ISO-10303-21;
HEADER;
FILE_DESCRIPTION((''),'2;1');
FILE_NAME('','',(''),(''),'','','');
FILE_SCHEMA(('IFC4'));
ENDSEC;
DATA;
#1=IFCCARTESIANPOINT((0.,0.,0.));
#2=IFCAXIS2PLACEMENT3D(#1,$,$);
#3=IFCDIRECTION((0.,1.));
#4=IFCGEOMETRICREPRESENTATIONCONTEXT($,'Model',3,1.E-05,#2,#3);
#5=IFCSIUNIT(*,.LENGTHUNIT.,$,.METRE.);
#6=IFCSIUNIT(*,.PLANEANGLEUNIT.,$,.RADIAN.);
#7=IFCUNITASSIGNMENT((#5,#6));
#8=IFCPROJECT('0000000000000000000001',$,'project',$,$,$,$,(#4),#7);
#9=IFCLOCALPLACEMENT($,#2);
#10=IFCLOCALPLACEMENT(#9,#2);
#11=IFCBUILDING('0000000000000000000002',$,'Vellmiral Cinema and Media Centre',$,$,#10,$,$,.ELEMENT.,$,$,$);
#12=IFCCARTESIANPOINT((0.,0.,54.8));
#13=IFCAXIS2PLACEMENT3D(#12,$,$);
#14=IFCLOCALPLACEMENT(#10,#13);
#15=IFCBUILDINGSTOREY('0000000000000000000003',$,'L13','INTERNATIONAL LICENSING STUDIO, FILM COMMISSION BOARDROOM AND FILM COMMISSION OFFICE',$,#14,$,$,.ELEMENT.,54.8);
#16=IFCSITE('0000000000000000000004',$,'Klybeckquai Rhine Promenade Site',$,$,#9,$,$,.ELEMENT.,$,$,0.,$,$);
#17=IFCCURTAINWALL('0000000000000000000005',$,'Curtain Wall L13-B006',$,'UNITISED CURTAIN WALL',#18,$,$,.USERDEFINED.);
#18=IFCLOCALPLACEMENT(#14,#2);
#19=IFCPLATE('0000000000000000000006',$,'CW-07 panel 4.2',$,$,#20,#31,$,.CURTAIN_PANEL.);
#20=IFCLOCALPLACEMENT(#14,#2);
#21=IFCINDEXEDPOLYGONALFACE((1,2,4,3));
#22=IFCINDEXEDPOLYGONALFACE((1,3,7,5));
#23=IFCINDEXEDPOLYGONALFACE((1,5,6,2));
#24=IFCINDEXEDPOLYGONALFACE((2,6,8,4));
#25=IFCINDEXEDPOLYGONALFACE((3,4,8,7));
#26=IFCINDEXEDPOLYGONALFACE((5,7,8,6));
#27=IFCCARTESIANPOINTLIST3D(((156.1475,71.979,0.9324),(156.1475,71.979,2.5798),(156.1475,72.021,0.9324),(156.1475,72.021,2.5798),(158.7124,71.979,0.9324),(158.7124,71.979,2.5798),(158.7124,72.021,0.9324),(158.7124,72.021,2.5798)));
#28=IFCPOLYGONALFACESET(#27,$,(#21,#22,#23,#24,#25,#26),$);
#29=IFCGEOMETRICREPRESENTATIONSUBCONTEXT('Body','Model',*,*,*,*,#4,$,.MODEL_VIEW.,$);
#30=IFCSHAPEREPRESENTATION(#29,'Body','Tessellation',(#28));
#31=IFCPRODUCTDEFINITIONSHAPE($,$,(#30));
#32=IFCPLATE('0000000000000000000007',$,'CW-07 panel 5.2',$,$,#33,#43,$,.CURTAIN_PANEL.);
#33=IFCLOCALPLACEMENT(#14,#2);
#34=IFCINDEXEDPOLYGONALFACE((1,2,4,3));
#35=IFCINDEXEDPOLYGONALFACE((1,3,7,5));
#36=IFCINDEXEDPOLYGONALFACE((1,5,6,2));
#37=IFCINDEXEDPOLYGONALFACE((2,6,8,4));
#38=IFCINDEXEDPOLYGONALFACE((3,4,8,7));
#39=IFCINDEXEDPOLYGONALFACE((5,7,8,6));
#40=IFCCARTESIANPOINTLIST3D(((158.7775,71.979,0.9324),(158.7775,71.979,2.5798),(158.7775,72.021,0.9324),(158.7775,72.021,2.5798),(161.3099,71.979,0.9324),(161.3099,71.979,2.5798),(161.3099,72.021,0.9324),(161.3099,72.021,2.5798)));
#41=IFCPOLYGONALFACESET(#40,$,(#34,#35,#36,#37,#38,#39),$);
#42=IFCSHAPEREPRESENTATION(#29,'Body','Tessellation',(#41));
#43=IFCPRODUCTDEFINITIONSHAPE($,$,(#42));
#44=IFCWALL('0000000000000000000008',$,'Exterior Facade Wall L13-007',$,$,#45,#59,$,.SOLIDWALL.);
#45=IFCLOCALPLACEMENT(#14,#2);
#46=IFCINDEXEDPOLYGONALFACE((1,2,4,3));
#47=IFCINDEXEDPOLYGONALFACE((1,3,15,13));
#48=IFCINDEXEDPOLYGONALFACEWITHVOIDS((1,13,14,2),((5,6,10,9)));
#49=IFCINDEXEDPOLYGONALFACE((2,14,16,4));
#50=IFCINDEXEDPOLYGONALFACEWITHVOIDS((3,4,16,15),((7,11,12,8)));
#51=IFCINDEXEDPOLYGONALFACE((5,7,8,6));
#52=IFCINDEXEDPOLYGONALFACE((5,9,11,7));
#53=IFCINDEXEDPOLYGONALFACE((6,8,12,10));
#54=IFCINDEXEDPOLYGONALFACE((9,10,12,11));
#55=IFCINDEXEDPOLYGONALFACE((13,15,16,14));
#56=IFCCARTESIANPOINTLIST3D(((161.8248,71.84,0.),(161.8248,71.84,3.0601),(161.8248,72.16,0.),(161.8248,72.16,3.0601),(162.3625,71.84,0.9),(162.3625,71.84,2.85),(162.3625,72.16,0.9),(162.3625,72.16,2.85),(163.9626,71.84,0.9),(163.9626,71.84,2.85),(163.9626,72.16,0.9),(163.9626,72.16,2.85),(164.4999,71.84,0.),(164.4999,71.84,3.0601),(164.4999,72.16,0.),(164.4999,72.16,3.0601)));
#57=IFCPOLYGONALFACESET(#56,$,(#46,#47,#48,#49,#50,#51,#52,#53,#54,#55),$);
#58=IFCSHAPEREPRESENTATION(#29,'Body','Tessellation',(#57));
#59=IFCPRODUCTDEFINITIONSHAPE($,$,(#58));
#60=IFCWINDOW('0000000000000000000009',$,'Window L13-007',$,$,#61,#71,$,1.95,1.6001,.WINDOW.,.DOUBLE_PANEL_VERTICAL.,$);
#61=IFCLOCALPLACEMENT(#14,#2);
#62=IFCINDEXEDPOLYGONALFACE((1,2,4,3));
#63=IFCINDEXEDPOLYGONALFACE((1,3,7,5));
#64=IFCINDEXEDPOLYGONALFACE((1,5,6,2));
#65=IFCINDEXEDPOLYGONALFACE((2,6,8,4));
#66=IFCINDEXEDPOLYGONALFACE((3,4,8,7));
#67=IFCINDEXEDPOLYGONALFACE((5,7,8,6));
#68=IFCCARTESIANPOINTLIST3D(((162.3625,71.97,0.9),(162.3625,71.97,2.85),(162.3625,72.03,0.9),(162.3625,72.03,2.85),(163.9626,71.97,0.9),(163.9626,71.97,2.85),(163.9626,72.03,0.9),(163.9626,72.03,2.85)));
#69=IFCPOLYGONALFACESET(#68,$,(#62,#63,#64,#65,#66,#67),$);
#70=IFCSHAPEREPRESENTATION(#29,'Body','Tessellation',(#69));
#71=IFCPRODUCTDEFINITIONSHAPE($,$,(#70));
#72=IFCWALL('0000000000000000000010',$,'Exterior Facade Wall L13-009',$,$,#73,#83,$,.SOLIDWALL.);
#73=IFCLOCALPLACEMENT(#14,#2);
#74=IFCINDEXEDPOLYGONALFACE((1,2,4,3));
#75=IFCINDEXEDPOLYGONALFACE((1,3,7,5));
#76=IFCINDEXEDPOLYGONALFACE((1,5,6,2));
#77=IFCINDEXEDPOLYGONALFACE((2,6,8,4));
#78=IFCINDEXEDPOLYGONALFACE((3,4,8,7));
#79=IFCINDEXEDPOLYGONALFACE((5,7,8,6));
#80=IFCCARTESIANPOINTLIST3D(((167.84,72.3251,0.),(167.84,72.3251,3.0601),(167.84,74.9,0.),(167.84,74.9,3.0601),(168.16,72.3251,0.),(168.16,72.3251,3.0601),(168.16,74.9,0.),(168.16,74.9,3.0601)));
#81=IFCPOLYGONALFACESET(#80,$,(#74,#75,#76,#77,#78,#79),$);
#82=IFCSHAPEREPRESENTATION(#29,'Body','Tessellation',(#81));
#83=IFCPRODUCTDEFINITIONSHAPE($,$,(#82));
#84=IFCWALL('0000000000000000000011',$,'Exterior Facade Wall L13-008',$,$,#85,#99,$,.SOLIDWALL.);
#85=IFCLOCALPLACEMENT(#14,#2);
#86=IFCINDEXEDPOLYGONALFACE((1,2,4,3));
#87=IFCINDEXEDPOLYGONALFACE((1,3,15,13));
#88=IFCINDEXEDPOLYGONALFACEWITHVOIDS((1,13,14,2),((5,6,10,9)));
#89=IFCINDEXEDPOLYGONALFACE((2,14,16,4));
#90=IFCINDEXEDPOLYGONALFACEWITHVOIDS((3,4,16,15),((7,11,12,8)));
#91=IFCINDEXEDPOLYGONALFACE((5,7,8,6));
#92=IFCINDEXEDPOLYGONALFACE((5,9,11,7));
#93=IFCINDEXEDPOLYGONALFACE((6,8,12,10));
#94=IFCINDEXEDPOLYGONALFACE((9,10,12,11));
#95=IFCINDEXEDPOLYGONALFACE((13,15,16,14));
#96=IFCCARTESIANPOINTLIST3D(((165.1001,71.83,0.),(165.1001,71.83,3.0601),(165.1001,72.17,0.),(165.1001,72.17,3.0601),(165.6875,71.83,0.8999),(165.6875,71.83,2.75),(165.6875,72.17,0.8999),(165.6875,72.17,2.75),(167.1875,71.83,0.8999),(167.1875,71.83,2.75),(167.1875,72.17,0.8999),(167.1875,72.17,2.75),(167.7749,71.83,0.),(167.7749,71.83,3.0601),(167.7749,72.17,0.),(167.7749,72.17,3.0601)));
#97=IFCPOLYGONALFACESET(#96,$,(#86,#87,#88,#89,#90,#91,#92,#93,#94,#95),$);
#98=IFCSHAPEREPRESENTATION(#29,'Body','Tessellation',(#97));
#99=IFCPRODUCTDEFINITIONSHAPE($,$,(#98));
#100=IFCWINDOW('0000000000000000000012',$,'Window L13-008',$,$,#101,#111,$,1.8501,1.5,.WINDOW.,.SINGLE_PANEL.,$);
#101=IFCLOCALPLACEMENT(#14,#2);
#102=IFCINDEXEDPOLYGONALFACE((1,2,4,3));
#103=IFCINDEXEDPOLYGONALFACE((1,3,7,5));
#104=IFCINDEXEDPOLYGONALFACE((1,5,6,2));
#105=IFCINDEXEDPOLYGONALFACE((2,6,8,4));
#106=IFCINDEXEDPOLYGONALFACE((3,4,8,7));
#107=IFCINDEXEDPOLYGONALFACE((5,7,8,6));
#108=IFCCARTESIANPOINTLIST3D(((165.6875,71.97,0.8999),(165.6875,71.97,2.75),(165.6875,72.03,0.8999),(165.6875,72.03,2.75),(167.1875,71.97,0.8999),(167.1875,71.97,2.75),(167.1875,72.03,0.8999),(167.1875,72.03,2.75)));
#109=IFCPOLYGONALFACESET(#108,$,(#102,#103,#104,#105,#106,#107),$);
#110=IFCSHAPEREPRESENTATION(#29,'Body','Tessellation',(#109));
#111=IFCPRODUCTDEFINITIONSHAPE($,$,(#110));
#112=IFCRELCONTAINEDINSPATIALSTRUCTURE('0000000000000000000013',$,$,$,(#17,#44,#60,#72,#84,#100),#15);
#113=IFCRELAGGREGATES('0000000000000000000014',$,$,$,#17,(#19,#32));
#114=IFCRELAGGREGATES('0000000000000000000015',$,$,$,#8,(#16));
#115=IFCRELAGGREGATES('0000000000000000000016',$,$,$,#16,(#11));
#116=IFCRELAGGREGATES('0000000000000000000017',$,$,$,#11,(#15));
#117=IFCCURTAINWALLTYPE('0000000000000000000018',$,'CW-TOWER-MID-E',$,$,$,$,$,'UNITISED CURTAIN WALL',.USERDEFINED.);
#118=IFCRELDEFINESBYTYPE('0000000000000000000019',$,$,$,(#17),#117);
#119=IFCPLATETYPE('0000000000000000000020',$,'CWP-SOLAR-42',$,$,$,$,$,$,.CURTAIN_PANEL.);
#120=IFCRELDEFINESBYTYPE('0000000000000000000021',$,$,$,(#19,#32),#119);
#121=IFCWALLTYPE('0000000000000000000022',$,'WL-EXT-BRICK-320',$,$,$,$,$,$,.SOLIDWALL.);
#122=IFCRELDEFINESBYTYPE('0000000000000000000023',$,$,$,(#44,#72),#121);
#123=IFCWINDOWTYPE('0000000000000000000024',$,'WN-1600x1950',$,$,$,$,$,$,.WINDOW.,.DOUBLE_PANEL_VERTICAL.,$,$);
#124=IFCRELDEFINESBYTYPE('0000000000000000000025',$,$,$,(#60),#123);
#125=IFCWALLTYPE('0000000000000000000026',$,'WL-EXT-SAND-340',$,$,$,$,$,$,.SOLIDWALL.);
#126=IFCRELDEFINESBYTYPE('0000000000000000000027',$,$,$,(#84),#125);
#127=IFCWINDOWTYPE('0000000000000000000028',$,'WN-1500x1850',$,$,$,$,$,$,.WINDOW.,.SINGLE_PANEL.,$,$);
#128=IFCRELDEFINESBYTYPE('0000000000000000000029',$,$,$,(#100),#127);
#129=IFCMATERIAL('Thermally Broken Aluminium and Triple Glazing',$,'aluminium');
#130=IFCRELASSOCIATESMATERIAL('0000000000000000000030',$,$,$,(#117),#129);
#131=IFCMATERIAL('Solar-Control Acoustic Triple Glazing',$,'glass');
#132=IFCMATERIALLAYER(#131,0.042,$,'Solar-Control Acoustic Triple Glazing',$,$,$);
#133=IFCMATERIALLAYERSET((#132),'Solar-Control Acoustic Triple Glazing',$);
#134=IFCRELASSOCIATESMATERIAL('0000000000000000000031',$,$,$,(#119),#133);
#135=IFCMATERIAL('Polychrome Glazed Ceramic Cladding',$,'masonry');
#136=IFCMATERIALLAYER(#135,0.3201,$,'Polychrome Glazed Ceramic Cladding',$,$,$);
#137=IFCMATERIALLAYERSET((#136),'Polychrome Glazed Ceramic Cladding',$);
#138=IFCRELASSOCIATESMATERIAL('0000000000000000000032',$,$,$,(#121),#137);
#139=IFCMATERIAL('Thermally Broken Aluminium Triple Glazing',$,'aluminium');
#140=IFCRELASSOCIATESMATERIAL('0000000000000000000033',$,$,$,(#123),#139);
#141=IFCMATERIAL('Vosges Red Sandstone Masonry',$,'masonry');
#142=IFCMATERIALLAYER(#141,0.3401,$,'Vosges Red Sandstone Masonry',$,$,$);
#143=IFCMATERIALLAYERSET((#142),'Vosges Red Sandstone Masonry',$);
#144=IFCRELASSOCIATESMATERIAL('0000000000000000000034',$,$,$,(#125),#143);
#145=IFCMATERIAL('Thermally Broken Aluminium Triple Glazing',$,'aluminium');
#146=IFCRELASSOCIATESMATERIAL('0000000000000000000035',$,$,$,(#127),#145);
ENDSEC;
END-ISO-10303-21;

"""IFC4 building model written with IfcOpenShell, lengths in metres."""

from ifc_helpers import new_model, si_unit, direction, frame, frame_2d, origin, origin_2d, place, context, subcontext, project, spatial, rectangle, extrude, material, layer, layer_set, type_object, element, fill, aggregate, save


model = new_model("IFC4")

# Units and contexts
model_context = context("Model", 3, precision=1e-05, world=origin(), true_north=direction((0.0, 1.0)))
body_context = subcontext(model_context, "Body", "Model", "MODEL_VIEW")
ifc_project = project(units=[si_unit("LENGTHUNIT", "METRE"), si_unit("PLANEANGLEUNIT", "RADIAN")], contexts=[model_context])

# Site, building, storey
site_placement = place(None, origin())
site = spatial("IfcSite", under=ifc_project, at=site_placement, Name="Klybeckquai Rhine Promenade Site", CompositionType="ELEMENT", RefElevation=0.0)
building_placement = place(site_placement, origin())
building = spatial("IfcBuilding", under=site, at=building_placement, Name="Vellmiral Cinema and Media Centre", CompositionType="ELEMENT")
storey_placement = place(building_placement, frame((0.0, 0.0, 54.8)))
storey = spatial("IfcBuildingStorey", under=building, at=storey_placement, Name="L13", Description="INTERNATIONAL LICENSING STUDIO, FILM COMMISSION BOARDROOM AND FILM COMMISSION OFFICE", CompositionType="ELEMENT", Elevation=54.8)

# Curtain wall
ifc_material_1 = material(Name="Thermally Broken Aluminium and Triple Glazing", Category="aluminium")
curtain_wall_type = type_object("IfcCurtainWallType", Name="CW-TOWER-MID-E", ElementType="UNITISED CURTAIN WALL", PredefinedType="USERDEFINED", material=ifc_material_1)
curtain_wall_placement = place(storey_placement, origin())
curtain_wall = element("IfcCurtainWall", 1, at=curtain_wall_placement, inside=storey, type_object=curtain_wall_type, Name="Curtain Wall L13-B006", ObjectType="UNITISED CURTAIN WALL", PredefinedType="USERDEFINED")

# Plates
ifc_material_2 = material(Name="Solar-Control Acoustic Triple Glazing", Category="glass")
ifc_layer_1 = layer(ifc_material_2, 0.042, Name="Solar-Control Acoustic Triple Glazing")
ifc_layer_set_1 = layer_set([ifc_layer_1], Name="Solar-Control Acoustic Triple Glazing")
plate_type_1 = type_object("IfcPlateType", Name="CWP-SOLAR-42", PredefinedType="CURTAIN_PANEL", material=ifc_layer_set_1)
plate_1_placement = place(storey_placement, frame((157.4299, 72.0, 0.9324), z_axis=(0.0, 0.0, 1.0), x_axis=(1.0, 0.0, 0.0)))
plate_1 = element("IfcPlate", 2, at=plate_1_placement, type_object=plate_type_1, Name="CW-07 panel 4.2", PredefinedType="CURTAIN_PANEL", context=body_context, shape_type="SweptSolid", body=[
    extrude(rectangle(XDim=2.5649, YDim=0.042, at=origin_2d()), origin(), (0.0, 0.0, 1.0), 1.6475),
])
plate_2_placement = place(storey_placement, frame((160.0437, 72.0, 0.9324), z_axis=(0.0, 0.0, 1.0), x_axis=(1.0, 0.0, 0.0)))
plate_2 = element("IfcPlate", 3, at=plate_2_placement, type_object=plate_type_1, Name="CW-07 panel 5.2", PredefinedType="CURTAIN_PANEL", context=body_context, shape_type="SweptSolid", body=[
    extrude(rectangle(XDim=2.5325, YDim=0.042, at=origin_2d()), origin(), (0.0, 0.0, 1.0), 1.6475),
])
aggregate(curtain_wall, [plate_1, plate_2])

# Wall, opening, window
ifc_material_3 = material(Name="Polychrome Glazed Ceramic Cladding", Category="masonry")
ifc_layer_2 = layer(ifc_material_3, 0.3201, Name="Polychrome Glazed Ceramic Cladding")
ifc_layer_set_2 = layer_set([ifc_layer_2], Name="Polychrome Glazed Ceramic Cladding")
wall_type_1 = type_object("IfcWallType", Name="WL-EXT-BRICK-320", PredefinedType="SOLIDWALL", material=ifc_layer_set_2)
wall_1_placement = place(storey_placement, frame((161.825, 72.0, 0.0), z_axis=(0.0, 0.0, 1.0), x_axis=(1.0, 0.0, 0.0)))
wall_1 = element("IfcWall", 4, at=wall_1_placement, inside=storey, type_object=wall_type_1, Name="Exterior Facade Wall L13-007", PredefinedType="SOLIDWALL", context=body_context, shape_type="SweptSolid", body=[
    extrude(rectangle(XDim=2.675, YDim=0.3201, at=frame_2d((1.3374, 0.0))), origin(), (0.0, 0.0, 1.0), 3.0601),
])
opening_1_placement = place(wall_1_placement, frame((0.5376, 0.0, 0.8999)))
opening_1 = element("IfcOpeningElement", 5, at=opening_1_placement, cuts=wall_1, PredefinedType="OPENING", context=body_context, shape_type="SweptSolid", body=[
    extrude(rectangle(XDim=1.6001, YDim=1.95, at=frame_2d((0.8, 0.9751))), frame((0.0, 0.1719, 0.0), z_axis=(0.0, -1.0, 0.0), x_axis=(1.0, 0.0, 0.0)), (0.0, 0.0, 1.0), 0.344),
])
ifc_material_4 = material(Name="Thermally Broken Aluminium Triple Glazing", Category="aluminium")
window_type_1 = type_object("IfcWindowType", Name="WN-1600x1950", PartitioningType="DOUBLE_PANEL_VERTICAL", PredefinedType="WINDOW", material=ifc_material_4)
window_1_placement = place(opening_1_placement, origin())
window_1 = element("IfcWindow", 6, at=window_1_placement, inside=storey, type_object=window_type_1, Name="Window L13-007", OverallHeight=1.95, OverallWidth=1.6001, PartitioningType="DOUBLE_PANEL_VERTICAL", PredefinedType="WINDOW", context=body_context, shape_type="SweptSolid", body=[
    extrude(rectangle(XDim=1.6001, YDim=1.95, at=frame_2d((0.8, 0.9751))), frame((0.0, 0.03, 0.0), z_axis=(0.0, -1.0, 0.0), x_axis=(1.0, 0.0, 0.0)), (0.0, 0.0, 1.0), 0.0601),
])
fill(opening_1, window_1)

# Wall
wall_2_placement = place(storey_placement, frame((168.0, 72.325, 0.0), z_axis=(0.0, 0.0, 1.0), x_axis=(0.0, 1.0, 0.0)))
element("IfcWall", 7, at=wall_2_placement, inside=storey, type_object=wall_type_1, Name="Exterior Facade Wall L13-009", PredefinedType="SOLIDWALL", context=body_context, shape_type="SweptSolid", body=[
    extrude(rectangle(XDim=2.575, YDim=0.3201, at=frame_2d((1.2876, 0.0))), origin(), (0.0, 0.0, 1.0), 3.0601),
])

# Wall, opening, window
ifc_material_5 = material(Name="Vosges Red Sandstone Masonry", Category="masonry")
ifc_layer_3 = layer(ifc_material_5, 0.3401, Name="Vosges Red Sandstone Masonry")
ifc_layer_set_3 = layer_set([ifc_layer_3], Name="Vosges Red Sandstone Masonry")
wall_type_2 = type_object("IfcWallType", Name="WL-EXT-SAND-340", PredefinedType="SOLIDWALL", material=ifc_layer_set_3)
wall_3_placement = place(storey_placement, frame((165.1001, 72.0, 0.0), z_axis=(0.0, 0.0, 1.0), x_axis=(1.0, 0.0, 0.0)))
wall_3 = element("IfcWall", 8, at=wall_3_placement, inside=storey, type_object=wall_type_2, Name="Exterior Facade Wall L13-008", PredefinedType="SOLIDWALL", context=body_context, shape_type="SweptSolid", body=[
    extrude(rectangle(XDim=2.6748, YDim=0.3401, at=frame_2d((1.3374, 0.0))), origin(), (0.0, 0.0, 1.0), 3.0601),
])
opening_2_placement = place(wall_3_placement, frame((0.5874, 0.0, 0.8999)))
opening_2 = element("IfcOpeningElement", 9, at=opening_2_placement, cuts=wall_3, PredefinedType="OPENING", context=body_context, shape_type="SweptSolid", body=[
    extrude(rectangle(XDim=1.5, YDim=1.8501, at=frame_2d((0.75, 0.925))), frame((0.0, 0.1821, 0.0), z_axis=(0.0, -1.0, 0.0), x_axis=(1.0, 0.0, 0.0)), (0.0, 0.0, 1.0), 0.364),
])
ifc_material_6 = material(Name="Thermally Broken Aluminium Triple Glazing", Category="aluminium")
window_type_2 = type_object("IfcWindowType", Name="WN-1500x1850", PartitioningType="SINGLE_PANEL", PredefinedType="WINDOW", material=ifc_material_6)
window_2_placement = place(opening_2_placement, origin())
window_2 = element("IfcWindow", 10, at=window_2_placement, inside=storey, type_object=window_type_2, Name="Window L13-008", OverallHeight=1.8501, OverallWidth=1.5, PartitioningType="SINGLE_PANEL", PredefinedType="WINDOW", context=body_context, shape_type="SweptSolid", body=[
    extrude(rectangle(XDim=1.5, YDim=1.8501, at=frame_2d((0.75, 0.925))), frame((0.0, 0.03, 0.0), z_axis=(0.0, -1.0, 0.0), x_axis=(1.0, 0.0, 0.0)), (0.0, 0.0, 1.0), 0.0601),
])
fill(opening_2, window_2)

save(model, "model.ifc")
